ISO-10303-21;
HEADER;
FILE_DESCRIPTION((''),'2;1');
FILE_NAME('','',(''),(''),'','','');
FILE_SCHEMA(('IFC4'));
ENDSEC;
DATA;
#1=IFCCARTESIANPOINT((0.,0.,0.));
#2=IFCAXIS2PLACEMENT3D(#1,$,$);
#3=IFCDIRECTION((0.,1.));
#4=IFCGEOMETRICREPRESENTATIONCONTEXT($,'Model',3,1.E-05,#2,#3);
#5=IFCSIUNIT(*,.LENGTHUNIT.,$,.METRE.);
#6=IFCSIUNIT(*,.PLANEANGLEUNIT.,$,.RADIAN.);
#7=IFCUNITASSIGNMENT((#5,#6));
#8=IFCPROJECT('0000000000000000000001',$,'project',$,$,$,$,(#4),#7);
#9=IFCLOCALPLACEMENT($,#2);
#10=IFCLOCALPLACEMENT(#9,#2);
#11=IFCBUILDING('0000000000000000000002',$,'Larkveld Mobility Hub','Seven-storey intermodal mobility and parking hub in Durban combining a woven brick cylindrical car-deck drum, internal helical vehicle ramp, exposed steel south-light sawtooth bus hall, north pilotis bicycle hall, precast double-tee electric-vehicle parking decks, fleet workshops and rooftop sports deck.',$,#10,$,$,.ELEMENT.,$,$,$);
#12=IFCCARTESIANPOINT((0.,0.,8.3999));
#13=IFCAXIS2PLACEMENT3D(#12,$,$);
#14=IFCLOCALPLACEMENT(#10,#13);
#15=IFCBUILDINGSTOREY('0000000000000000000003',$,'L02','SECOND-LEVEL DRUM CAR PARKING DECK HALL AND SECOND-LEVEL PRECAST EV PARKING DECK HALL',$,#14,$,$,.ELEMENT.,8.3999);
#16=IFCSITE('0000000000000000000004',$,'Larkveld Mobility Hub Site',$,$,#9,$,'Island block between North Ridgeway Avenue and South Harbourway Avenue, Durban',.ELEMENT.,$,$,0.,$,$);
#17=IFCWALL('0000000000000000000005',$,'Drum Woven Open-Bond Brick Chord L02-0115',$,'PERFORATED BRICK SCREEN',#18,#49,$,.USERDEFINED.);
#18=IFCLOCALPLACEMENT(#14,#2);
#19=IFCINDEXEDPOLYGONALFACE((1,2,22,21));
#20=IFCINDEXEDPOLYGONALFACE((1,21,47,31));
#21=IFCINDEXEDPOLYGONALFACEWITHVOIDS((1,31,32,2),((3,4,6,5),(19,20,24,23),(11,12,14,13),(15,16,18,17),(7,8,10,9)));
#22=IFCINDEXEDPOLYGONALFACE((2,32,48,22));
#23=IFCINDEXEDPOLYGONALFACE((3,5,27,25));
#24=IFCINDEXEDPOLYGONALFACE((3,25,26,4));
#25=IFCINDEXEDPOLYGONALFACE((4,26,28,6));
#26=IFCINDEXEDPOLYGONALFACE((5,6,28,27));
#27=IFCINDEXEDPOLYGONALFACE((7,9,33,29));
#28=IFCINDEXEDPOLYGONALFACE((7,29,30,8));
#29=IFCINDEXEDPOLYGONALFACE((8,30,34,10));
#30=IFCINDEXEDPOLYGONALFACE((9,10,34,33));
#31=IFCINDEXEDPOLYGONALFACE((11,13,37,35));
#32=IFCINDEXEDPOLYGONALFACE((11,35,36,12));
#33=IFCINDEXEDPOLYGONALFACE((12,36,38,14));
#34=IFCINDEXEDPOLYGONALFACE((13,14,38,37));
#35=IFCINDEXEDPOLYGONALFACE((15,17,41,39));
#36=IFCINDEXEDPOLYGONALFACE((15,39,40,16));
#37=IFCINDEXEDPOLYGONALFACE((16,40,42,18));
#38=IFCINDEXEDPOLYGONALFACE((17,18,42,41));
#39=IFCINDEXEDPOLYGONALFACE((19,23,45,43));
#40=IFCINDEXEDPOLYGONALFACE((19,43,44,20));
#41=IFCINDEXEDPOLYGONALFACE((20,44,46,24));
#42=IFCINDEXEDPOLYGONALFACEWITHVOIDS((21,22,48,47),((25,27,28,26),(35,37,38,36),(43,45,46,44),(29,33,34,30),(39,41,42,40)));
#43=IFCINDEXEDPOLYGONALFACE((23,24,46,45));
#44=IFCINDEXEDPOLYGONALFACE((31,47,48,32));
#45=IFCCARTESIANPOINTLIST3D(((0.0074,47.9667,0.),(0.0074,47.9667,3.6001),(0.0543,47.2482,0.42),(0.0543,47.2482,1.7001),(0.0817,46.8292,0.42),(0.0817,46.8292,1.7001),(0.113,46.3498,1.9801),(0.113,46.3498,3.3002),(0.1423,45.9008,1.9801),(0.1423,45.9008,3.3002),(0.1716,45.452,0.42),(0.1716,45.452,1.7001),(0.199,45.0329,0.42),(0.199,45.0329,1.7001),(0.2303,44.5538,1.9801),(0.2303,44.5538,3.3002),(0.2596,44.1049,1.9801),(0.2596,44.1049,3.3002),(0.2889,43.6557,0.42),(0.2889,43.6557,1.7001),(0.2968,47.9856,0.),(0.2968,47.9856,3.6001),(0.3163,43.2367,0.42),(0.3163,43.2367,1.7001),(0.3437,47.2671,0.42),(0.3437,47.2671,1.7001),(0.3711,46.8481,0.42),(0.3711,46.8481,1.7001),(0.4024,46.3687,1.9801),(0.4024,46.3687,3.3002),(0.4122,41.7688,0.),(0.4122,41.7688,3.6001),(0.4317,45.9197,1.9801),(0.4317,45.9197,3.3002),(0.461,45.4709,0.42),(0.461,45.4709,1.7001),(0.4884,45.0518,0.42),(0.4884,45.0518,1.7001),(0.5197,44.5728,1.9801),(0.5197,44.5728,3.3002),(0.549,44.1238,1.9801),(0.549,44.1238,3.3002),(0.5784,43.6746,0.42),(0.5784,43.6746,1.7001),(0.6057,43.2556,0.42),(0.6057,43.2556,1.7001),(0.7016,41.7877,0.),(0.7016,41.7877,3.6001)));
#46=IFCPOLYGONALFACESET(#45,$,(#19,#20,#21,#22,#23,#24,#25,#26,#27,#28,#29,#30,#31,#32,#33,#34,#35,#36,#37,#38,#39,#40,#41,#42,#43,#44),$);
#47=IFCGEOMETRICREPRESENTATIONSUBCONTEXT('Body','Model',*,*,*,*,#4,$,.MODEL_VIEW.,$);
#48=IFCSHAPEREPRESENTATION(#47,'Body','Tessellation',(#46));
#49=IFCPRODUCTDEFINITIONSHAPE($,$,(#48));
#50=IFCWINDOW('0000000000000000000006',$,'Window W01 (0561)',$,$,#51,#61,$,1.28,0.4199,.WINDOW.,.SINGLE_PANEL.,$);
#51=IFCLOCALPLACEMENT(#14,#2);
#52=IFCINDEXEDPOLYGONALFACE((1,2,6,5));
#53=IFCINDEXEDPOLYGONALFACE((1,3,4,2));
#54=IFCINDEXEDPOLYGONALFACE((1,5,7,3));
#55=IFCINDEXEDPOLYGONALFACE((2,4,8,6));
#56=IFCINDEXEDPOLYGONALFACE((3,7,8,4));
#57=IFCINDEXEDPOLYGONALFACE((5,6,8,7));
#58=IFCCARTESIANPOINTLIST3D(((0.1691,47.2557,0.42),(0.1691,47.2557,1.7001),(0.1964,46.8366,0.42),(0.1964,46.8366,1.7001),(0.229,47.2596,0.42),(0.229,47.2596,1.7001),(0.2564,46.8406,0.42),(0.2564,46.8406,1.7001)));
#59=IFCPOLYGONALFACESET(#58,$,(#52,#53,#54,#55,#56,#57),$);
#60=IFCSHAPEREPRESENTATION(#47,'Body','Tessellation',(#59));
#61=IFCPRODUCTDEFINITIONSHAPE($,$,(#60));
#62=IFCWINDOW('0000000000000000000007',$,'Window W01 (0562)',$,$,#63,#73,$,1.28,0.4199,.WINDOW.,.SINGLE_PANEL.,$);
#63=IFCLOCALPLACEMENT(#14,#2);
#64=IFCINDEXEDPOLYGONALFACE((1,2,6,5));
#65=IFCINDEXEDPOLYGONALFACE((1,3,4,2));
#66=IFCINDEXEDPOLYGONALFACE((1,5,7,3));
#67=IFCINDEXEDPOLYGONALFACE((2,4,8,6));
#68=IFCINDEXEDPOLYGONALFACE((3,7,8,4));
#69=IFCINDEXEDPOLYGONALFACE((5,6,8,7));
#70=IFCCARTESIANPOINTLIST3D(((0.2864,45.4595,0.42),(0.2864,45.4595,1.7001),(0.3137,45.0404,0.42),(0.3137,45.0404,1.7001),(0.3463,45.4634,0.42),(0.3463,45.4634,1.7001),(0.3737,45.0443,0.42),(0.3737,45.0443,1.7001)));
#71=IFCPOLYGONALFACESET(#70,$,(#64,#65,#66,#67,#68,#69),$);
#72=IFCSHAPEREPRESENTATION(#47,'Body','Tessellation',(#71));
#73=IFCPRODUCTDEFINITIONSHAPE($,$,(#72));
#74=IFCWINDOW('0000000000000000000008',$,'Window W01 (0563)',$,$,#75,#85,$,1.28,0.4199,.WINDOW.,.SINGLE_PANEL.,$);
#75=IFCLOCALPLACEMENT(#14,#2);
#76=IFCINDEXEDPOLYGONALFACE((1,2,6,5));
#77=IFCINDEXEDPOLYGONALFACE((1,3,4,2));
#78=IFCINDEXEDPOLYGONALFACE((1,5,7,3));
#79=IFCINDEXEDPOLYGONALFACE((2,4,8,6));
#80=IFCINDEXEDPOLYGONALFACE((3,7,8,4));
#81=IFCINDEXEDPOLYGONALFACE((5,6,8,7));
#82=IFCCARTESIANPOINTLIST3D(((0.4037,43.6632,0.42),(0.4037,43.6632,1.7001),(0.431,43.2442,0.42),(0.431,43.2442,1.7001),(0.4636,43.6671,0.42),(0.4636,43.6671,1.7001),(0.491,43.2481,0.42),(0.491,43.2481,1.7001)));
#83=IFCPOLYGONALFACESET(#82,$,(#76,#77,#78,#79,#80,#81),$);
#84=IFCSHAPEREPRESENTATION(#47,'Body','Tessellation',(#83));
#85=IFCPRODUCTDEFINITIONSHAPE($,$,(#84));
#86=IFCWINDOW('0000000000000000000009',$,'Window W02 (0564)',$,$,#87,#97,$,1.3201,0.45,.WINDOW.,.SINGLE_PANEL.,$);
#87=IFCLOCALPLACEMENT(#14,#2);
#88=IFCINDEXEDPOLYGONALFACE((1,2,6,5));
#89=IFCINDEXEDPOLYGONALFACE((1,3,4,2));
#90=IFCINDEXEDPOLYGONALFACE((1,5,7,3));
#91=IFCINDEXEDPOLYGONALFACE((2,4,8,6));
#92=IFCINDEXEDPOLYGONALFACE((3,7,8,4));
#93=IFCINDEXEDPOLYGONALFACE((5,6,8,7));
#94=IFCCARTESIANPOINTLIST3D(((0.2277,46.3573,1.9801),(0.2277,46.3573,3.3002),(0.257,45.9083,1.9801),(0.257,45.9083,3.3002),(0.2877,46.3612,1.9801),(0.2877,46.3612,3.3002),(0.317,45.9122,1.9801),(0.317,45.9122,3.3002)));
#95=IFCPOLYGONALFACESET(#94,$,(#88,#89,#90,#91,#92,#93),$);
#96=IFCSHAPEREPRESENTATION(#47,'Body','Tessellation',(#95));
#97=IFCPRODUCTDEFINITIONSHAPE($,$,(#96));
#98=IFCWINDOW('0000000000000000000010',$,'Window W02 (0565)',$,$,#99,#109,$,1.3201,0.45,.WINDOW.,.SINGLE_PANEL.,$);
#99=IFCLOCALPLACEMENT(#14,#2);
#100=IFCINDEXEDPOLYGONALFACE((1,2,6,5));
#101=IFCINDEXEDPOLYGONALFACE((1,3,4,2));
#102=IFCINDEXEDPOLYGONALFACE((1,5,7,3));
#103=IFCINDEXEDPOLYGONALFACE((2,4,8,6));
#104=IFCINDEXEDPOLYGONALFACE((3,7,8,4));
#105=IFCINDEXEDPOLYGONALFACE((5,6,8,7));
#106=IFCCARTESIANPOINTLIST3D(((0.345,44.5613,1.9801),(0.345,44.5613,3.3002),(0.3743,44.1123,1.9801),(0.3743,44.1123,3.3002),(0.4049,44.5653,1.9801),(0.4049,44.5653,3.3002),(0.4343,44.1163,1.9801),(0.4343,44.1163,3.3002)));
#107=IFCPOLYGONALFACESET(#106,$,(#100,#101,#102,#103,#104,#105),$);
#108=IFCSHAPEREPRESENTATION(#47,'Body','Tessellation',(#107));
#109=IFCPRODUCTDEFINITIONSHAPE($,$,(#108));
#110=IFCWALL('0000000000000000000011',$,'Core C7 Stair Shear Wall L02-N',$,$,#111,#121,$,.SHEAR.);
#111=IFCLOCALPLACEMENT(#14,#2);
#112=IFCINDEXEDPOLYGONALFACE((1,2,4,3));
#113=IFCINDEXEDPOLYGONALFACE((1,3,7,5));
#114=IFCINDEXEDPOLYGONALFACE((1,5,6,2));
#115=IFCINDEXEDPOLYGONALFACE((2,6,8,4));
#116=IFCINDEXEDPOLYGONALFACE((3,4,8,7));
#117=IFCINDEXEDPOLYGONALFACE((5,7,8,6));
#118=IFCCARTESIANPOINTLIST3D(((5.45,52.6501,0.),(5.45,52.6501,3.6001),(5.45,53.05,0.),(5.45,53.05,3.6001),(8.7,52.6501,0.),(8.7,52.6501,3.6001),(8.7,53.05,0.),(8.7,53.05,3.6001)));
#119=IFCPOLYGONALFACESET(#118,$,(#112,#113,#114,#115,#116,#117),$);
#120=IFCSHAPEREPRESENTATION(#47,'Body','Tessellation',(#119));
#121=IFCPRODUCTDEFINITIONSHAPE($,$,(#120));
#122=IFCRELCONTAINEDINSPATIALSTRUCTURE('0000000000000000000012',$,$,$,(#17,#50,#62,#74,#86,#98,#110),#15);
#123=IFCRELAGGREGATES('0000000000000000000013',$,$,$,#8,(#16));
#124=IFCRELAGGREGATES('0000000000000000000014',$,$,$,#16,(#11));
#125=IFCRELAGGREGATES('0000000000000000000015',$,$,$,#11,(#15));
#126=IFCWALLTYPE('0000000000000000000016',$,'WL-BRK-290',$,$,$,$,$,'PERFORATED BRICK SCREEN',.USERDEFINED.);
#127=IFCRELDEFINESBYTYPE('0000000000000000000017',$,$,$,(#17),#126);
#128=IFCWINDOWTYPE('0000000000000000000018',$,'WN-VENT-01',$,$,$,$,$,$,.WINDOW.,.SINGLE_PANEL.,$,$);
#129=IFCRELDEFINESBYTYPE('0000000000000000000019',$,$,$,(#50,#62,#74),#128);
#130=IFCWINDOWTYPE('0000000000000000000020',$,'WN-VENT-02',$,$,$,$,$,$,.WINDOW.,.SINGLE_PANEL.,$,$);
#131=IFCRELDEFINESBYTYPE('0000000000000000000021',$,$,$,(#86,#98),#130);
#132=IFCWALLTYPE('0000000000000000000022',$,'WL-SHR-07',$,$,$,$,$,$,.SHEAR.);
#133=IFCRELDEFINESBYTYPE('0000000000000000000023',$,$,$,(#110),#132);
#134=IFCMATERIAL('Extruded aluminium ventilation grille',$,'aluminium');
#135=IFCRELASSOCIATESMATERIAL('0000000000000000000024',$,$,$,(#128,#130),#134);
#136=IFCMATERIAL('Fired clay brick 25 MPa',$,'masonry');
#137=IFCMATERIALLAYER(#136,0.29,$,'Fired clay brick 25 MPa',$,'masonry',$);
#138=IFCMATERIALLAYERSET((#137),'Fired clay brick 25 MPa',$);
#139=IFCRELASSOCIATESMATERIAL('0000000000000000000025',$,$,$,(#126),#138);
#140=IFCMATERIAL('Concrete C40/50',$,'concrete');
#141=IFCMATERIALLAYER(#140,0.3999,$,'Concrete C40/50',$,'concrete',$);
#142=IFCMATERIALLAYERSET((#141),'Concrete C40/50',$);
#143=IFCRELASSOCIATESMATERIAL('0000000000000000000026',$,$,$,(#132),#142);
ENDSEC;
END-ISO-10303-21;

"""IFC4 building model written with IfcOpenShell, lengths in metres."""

from ifc_helpers import new_model, si_unit, direction, frame, frame_2d, origin, place, context, subcontext, project, spatial, rectangle, extrude, material, layer, layer_set, type_object, element, fill, save


model = new_model("IFC4")

# Units and contexts
model_context = context("Model", 3, precision=1e-05, world=origin(), true_north=direction((0.0, 1.0)))
body_context = subcontext(model_context, "Body", "Model", "MODEL_VIEW")
ifc_project = project(units=[si_unit("LENGTHUNIT", "METRE"), si_unit("PLANEANGLEUNIT", "RADIAN")], contexts=[model_context])

# Site, building, storey
site_placement = place(None, origin())
site = spatial("IfcSite", under=ifc_project, at=site_placement, Name="Larkveld Mobility Hub Site", LongName="Island block between North Ridgeway Avenue and South Harbourway Avenue, Durban", CompositionType="ELEMENT", RefElevation=0.0)
building_placement = place(site_placement, origin())
building = spatial("IfcBuilding", under=site, at=building_placement, Name="Larkveld Mobility Hub", Description="Seven-storey intermodal mobility and parking hub in Durban combining a woven brick cylindrical car-deck drum, internal helical vehicle ramp, exposed steel south-light sawtooth bus hall, north pilotis bicycle hall, precast double-tee electric-vehicle parking decks, fleet workshops and rooftop sports deck.", CompositionType="ELEMENT")
storey_placement = place(building_placement, frame((0.0, 0.0, 8.3999)))
storey = spatial("IfcBuildingStorey", under=building, at=storey_placement, Name="L02", Description="SECOND-LEVEL DRUM CAR PARKING DECK HALL AND SECOND-LEVEL PRECAST EV PARKING DECK HALL", CompositionType="ELEMENT", Elevation=8.3999)

# Shared definitions
ifc_material_1 = material(Name="Concrete C40/50", Category="concrete")

# Wall, openings, windows
ifc_material_2 = material(Name="Fired clay brick 25 MPa", Category="masonry")
ifc_material_3 = material(Name="Extruded aluminium ventilation grille", Category="aluminium")
window_type_1 = type_object("IfcWindowType", Name="WN-VENT-01", PartitioningType="SINGLE_PANEL", PredefinedType="WINDOW", material=ifc_material_3)
ifc_layer_1 = layer(ifc_material_2, 0.29, Name="Fired clay brick 25 MPa", Category="masonry")
ifc_layer_set_1 = layer_set([ifc_layer_1], Name="Fired clay brick 25 MPa")
wall_type_1 = type_object("IfcWallType", Name="WL-BRK-290", ElementType="PERFORATED BRICK SCREEN", PredefinedType="USERDEFINED", material=ifc_layer_set_1)
wall_1_placement = place(storey_placement, frame((0.1521, 47.9761, 0.0), z_axis=(0.0, 0.0, 1.0), x_axis=(0.06517, -0.997874, 0.0)))
wall_1 = element("IfcWall", 1, at=wall_1_placement, inside=storey, type_object=wall_type_1, Name="Drum Woven Open-Bond Brick Chord L02-0115", ObjectType="PERFORATED BRICK SCREEN", PredefinedType="USERDEFINED", context=body_context, shape_type="SweptSolid", body=[
    extrude(rectangle(XDim=6.2112, YDim=0.29, at=frame_2d((3.1055, 0.0))), origin(), (0.0, 0.0, 1.0), 3.6001),
])
opening_1_placement = place(wall_1_placement, frame((0.72, 0.0, 0.4199)))
opening_1 = element("IfcOpeningElement", 2, at=opening_1_placement, cuts=wall_1, PredefinedType="OPENING", context=body_context, shape_type="SweptSolid", body=[
    extrude(rectangle(XDim=0.4199, YDim=1.28, at=frame_2d((0.21, 0.6401))), frame((0.0, 0.155, 0.0), z_axis=(0.0, -1.0, 0.0), x_axis=(1.0, 0.0, 0.0)), (0.0, 0.0, 1.0), 0.3101),
])
opening_2_placement = place(wall_1_placement, frame((2.52, 0.0, 0.4199)))
opening_2 = element("IfcOpeningElement", 3, at=opening_2_placement, cuts=wall_1, PredefinedType="OPENING", context=body_context, shape_type="SweptSolid", body=[
    extrude(rectangle(XDim=0.4199, YDim=1.28, at=frame_2d((0.21, 0.6401))), frame((0.0, 0.155, 0.0), z_axis=(0.0, -1.0, 0.0), x_axis=(1.0, 0.0, 0.0)), (0.0, 0.0, 1.0), 0.3101),
])
opening_3_placement = place(wall_1_placement, frame((4.3201, 0.0, 0.4199)))
opening_3 = element("IfcOpeningElement", 4, at=opening_3_placement, cuts=wall_1, PredefinedType="OPENING", context=body_context, shape_type="SweptSolid", body=[
    extrude(rectangle(XDim=0.4199, YDim=1.28, at=frame_2d((0.21, 0.6401))), frame((0.0, 0.155, 0.0), z_axis=(0.0, -1.0, 0.0), x_axis=(1.0, 0.0, 0.0)), (0.0, 0.0, 1.0), 0.3101),
])
opening_4_placement = place(wall_1_placement, frame((1.6201, 0.0, 1.98)))
opening_4 = element("IfcOpeningElement", 5, at=opening_4_placement, cuts=wall_1, PredefinedType="OPENING", context=body_context, shape_type="SweptSolid", body=[
    extrude(rectangle(XDim=0.45, YDim=1.3201, at=frame_2d((0.2251, 0.6602))), frame((0.0, 0.155, 0.0), z_axis=(0.0, -1.0, 0.0), x_axis=(1.0, 0.0, 0.0)), (0.0, 0.0, 1.0), 0.3101),
])
opening_5_placement = place(wall_1_placement, frame((3.4199, 0.0, 1.98)))
opening_5 = element("IfcOpeningElement", 6, at=opening_5_placement, cuts=wall_1, PredefinedType="OPENING", context=body_context, shape_type="SweptSolid", body=[
    extrude(rectangle(XDim=0.45, YDim=1.3201, at=frame_2d((0.2251, 0.6602))), frame((0.0, 0.155, 0.0), z_axis=(0.0, -1.0, 0.0), x_axis=(1.0, 0.0, 0.0)), (0.0, 0.0, 1.0), 0.3101),
])
window_1_placement = place(opening_1_placement, origin())
window_1 = element("IfcWindow", 7, at=window_1_placement, inside=storey, type_object=window_type_1, Name="Window W01 (0561)", OverallHeight=1.28, OverallWidth=0.4199, PartitioningType="SINGLE_PANEL", PredefinedType="WINDOW", context=body_context, shape_type="SweptSolid", body=[
    extrude(rectangle(XDim=0.4199, YDim=1.28, at=frame_2d((0.21, 0.6401))), frame((0.0, 0.03, 0.0), z_axis=(0.0, -1.0, 0.0), x_axis=(1.0, 0.0, 0.0)), (0.0, 0.0, 1.0), 0.0601),
])
fill(opening_1, window_1)
window_2_placement = place(opening_2_placement, origin())
window_2 = element("IfcWindow", 8, at=window_2_placement, inside=storey, type_object=window_type_1, Name="Window W01 (0562)", OverallHeight=1.28, OverallWidth=0.4199, PartitioningType="SINGLE_PANEL", PredefinedType="WINDOW", context=body_context, shape_type="SweptSolid", body=[
    extrude(rectangle(XDim=0.4199, YDim=1.28, at=frame_2d((0.21, 0.6401))), frame((0.0, 0.03, 0.0), z_axis=(0.0, -1.0, 0.0), x_axis=(1.0, 0.0, 0.0)), (0.0, 0.0, 1.0), 0.0601),
])
fill(opening_2, window_2)
window_3_placement = place(opening_3_placement, origin())
window_3 = element("IfcWindow", 9, at=window_3_placement, inside=storey, type_object=window_type_1, Name="Window W01 (0563)", OverallHeight=1.28, OverallWidth=0.4199, PartitioningType="SINGLE_PANEL", PredefinedType="WINDOW", context=body_context, shape_type="SweptSolid", body=[
    extrude(rectangle(XDim=0.4199, YDim=1.28, at=frame_2d((0.21, 0.6401))), frame((0.0, 0.03, 0.0), z_axis=(0.0, -1.0, 0.0), x_axis=(1.0, 0.0, 0.0)), (0.0, 0.0, 1.0), 0.0601),
])
fill(opening_3, window_3)
window_type_2 = type_object("IfcWindowType", Name="WN-VENT-02", PartitioningType="SINGLE_PANEL", PredefinedType="WINDOW", material=ifc_material_3)
window_4_placement = place(opening_4_placement, origin())
window_4 = element("IfcWindow", 10, at=window_4_placement, inside=storey, type_object=window_type_2, Name="Window W02 (0564)", OverallHeight=1.3201, OverallWidth=0.45, PartitioningType="SINGLE_PANEL", PredefinedType="WINDOW", context=body_context, shape_type="SweptSolid", body=[
    extrude(rectangle(XDim=0.45, YDim=1.3201, at=frame_2d((0.2251, 0.6602))), frame((0.0, 0.03, 0.0), z_axis=(0.0, -1.0, 0.0), x_axis=(1.0, 0.0, 0.0)), (0.0, 0.0, 1.0), 0.0601),
])
fill(opening_4, window_4)
window_5_placement = place(opening_5_placement, origin())
window_5 = element("IfcWindow", 11, at=window_5_placement, inside=storey, type_object=window_type_2, Name="Window W02 (0565)", OverallHeight=1.3201, OverallWidth=0.45, PartitioningType="SINGLE_PANEL", PredefinedType="WINDOW", context=body_context, shape_type="SweptSolid", body=[
    extrude(rectangle(XDim=0.45, YDim=1.3201, at=frame_2d((0.2251, 0.6602))), frame((0.0, 0.03, 0.0), z_axis=(0.0, -1.0, 0.0), x_axis=(1.0, 0.0, 0.0)), (0.0, 0.0, 1.0), 0.0601),
])
fill(opening_5, window_5)

# Shared definitions
ifc_layer_2 = layer(ifc_material_1, 0.3999, Name="Concrete C40/50", Category="concrete")
ifc_layer_set_2 = layer_set([ifc_layer_2], Name="Concrete C40/50")
wall_type_2 = type_object("IfcWallType", Name="WL-SHR-07", PredefinedType="SHEAR", material=ifc_layer_set_2)

# Wall
wall_2_placement = place(storey_placement, frame((5.45, 52.8501, 0.0), z_axis=(0.0, 0.0, 1.0), x_axis=(1.0, 0.0, 0.0)))
element("IfcWall", 12, at=wall_2_placement, inside=storey, type_object=wall_type_2, Name="Core C7 Stair Shear Wall L02-N", PredefinedType="SHEAR", context=body_context, shape_type="SweptSolid", body=[
    extrude(rectangle(XDim=3.25, YDim=0.3999, at=frame_2d((1.625, 0.0))), origin(), (0.0, 0.0, 1.0), 3.6001),
])

save(model, "model.ifc")
